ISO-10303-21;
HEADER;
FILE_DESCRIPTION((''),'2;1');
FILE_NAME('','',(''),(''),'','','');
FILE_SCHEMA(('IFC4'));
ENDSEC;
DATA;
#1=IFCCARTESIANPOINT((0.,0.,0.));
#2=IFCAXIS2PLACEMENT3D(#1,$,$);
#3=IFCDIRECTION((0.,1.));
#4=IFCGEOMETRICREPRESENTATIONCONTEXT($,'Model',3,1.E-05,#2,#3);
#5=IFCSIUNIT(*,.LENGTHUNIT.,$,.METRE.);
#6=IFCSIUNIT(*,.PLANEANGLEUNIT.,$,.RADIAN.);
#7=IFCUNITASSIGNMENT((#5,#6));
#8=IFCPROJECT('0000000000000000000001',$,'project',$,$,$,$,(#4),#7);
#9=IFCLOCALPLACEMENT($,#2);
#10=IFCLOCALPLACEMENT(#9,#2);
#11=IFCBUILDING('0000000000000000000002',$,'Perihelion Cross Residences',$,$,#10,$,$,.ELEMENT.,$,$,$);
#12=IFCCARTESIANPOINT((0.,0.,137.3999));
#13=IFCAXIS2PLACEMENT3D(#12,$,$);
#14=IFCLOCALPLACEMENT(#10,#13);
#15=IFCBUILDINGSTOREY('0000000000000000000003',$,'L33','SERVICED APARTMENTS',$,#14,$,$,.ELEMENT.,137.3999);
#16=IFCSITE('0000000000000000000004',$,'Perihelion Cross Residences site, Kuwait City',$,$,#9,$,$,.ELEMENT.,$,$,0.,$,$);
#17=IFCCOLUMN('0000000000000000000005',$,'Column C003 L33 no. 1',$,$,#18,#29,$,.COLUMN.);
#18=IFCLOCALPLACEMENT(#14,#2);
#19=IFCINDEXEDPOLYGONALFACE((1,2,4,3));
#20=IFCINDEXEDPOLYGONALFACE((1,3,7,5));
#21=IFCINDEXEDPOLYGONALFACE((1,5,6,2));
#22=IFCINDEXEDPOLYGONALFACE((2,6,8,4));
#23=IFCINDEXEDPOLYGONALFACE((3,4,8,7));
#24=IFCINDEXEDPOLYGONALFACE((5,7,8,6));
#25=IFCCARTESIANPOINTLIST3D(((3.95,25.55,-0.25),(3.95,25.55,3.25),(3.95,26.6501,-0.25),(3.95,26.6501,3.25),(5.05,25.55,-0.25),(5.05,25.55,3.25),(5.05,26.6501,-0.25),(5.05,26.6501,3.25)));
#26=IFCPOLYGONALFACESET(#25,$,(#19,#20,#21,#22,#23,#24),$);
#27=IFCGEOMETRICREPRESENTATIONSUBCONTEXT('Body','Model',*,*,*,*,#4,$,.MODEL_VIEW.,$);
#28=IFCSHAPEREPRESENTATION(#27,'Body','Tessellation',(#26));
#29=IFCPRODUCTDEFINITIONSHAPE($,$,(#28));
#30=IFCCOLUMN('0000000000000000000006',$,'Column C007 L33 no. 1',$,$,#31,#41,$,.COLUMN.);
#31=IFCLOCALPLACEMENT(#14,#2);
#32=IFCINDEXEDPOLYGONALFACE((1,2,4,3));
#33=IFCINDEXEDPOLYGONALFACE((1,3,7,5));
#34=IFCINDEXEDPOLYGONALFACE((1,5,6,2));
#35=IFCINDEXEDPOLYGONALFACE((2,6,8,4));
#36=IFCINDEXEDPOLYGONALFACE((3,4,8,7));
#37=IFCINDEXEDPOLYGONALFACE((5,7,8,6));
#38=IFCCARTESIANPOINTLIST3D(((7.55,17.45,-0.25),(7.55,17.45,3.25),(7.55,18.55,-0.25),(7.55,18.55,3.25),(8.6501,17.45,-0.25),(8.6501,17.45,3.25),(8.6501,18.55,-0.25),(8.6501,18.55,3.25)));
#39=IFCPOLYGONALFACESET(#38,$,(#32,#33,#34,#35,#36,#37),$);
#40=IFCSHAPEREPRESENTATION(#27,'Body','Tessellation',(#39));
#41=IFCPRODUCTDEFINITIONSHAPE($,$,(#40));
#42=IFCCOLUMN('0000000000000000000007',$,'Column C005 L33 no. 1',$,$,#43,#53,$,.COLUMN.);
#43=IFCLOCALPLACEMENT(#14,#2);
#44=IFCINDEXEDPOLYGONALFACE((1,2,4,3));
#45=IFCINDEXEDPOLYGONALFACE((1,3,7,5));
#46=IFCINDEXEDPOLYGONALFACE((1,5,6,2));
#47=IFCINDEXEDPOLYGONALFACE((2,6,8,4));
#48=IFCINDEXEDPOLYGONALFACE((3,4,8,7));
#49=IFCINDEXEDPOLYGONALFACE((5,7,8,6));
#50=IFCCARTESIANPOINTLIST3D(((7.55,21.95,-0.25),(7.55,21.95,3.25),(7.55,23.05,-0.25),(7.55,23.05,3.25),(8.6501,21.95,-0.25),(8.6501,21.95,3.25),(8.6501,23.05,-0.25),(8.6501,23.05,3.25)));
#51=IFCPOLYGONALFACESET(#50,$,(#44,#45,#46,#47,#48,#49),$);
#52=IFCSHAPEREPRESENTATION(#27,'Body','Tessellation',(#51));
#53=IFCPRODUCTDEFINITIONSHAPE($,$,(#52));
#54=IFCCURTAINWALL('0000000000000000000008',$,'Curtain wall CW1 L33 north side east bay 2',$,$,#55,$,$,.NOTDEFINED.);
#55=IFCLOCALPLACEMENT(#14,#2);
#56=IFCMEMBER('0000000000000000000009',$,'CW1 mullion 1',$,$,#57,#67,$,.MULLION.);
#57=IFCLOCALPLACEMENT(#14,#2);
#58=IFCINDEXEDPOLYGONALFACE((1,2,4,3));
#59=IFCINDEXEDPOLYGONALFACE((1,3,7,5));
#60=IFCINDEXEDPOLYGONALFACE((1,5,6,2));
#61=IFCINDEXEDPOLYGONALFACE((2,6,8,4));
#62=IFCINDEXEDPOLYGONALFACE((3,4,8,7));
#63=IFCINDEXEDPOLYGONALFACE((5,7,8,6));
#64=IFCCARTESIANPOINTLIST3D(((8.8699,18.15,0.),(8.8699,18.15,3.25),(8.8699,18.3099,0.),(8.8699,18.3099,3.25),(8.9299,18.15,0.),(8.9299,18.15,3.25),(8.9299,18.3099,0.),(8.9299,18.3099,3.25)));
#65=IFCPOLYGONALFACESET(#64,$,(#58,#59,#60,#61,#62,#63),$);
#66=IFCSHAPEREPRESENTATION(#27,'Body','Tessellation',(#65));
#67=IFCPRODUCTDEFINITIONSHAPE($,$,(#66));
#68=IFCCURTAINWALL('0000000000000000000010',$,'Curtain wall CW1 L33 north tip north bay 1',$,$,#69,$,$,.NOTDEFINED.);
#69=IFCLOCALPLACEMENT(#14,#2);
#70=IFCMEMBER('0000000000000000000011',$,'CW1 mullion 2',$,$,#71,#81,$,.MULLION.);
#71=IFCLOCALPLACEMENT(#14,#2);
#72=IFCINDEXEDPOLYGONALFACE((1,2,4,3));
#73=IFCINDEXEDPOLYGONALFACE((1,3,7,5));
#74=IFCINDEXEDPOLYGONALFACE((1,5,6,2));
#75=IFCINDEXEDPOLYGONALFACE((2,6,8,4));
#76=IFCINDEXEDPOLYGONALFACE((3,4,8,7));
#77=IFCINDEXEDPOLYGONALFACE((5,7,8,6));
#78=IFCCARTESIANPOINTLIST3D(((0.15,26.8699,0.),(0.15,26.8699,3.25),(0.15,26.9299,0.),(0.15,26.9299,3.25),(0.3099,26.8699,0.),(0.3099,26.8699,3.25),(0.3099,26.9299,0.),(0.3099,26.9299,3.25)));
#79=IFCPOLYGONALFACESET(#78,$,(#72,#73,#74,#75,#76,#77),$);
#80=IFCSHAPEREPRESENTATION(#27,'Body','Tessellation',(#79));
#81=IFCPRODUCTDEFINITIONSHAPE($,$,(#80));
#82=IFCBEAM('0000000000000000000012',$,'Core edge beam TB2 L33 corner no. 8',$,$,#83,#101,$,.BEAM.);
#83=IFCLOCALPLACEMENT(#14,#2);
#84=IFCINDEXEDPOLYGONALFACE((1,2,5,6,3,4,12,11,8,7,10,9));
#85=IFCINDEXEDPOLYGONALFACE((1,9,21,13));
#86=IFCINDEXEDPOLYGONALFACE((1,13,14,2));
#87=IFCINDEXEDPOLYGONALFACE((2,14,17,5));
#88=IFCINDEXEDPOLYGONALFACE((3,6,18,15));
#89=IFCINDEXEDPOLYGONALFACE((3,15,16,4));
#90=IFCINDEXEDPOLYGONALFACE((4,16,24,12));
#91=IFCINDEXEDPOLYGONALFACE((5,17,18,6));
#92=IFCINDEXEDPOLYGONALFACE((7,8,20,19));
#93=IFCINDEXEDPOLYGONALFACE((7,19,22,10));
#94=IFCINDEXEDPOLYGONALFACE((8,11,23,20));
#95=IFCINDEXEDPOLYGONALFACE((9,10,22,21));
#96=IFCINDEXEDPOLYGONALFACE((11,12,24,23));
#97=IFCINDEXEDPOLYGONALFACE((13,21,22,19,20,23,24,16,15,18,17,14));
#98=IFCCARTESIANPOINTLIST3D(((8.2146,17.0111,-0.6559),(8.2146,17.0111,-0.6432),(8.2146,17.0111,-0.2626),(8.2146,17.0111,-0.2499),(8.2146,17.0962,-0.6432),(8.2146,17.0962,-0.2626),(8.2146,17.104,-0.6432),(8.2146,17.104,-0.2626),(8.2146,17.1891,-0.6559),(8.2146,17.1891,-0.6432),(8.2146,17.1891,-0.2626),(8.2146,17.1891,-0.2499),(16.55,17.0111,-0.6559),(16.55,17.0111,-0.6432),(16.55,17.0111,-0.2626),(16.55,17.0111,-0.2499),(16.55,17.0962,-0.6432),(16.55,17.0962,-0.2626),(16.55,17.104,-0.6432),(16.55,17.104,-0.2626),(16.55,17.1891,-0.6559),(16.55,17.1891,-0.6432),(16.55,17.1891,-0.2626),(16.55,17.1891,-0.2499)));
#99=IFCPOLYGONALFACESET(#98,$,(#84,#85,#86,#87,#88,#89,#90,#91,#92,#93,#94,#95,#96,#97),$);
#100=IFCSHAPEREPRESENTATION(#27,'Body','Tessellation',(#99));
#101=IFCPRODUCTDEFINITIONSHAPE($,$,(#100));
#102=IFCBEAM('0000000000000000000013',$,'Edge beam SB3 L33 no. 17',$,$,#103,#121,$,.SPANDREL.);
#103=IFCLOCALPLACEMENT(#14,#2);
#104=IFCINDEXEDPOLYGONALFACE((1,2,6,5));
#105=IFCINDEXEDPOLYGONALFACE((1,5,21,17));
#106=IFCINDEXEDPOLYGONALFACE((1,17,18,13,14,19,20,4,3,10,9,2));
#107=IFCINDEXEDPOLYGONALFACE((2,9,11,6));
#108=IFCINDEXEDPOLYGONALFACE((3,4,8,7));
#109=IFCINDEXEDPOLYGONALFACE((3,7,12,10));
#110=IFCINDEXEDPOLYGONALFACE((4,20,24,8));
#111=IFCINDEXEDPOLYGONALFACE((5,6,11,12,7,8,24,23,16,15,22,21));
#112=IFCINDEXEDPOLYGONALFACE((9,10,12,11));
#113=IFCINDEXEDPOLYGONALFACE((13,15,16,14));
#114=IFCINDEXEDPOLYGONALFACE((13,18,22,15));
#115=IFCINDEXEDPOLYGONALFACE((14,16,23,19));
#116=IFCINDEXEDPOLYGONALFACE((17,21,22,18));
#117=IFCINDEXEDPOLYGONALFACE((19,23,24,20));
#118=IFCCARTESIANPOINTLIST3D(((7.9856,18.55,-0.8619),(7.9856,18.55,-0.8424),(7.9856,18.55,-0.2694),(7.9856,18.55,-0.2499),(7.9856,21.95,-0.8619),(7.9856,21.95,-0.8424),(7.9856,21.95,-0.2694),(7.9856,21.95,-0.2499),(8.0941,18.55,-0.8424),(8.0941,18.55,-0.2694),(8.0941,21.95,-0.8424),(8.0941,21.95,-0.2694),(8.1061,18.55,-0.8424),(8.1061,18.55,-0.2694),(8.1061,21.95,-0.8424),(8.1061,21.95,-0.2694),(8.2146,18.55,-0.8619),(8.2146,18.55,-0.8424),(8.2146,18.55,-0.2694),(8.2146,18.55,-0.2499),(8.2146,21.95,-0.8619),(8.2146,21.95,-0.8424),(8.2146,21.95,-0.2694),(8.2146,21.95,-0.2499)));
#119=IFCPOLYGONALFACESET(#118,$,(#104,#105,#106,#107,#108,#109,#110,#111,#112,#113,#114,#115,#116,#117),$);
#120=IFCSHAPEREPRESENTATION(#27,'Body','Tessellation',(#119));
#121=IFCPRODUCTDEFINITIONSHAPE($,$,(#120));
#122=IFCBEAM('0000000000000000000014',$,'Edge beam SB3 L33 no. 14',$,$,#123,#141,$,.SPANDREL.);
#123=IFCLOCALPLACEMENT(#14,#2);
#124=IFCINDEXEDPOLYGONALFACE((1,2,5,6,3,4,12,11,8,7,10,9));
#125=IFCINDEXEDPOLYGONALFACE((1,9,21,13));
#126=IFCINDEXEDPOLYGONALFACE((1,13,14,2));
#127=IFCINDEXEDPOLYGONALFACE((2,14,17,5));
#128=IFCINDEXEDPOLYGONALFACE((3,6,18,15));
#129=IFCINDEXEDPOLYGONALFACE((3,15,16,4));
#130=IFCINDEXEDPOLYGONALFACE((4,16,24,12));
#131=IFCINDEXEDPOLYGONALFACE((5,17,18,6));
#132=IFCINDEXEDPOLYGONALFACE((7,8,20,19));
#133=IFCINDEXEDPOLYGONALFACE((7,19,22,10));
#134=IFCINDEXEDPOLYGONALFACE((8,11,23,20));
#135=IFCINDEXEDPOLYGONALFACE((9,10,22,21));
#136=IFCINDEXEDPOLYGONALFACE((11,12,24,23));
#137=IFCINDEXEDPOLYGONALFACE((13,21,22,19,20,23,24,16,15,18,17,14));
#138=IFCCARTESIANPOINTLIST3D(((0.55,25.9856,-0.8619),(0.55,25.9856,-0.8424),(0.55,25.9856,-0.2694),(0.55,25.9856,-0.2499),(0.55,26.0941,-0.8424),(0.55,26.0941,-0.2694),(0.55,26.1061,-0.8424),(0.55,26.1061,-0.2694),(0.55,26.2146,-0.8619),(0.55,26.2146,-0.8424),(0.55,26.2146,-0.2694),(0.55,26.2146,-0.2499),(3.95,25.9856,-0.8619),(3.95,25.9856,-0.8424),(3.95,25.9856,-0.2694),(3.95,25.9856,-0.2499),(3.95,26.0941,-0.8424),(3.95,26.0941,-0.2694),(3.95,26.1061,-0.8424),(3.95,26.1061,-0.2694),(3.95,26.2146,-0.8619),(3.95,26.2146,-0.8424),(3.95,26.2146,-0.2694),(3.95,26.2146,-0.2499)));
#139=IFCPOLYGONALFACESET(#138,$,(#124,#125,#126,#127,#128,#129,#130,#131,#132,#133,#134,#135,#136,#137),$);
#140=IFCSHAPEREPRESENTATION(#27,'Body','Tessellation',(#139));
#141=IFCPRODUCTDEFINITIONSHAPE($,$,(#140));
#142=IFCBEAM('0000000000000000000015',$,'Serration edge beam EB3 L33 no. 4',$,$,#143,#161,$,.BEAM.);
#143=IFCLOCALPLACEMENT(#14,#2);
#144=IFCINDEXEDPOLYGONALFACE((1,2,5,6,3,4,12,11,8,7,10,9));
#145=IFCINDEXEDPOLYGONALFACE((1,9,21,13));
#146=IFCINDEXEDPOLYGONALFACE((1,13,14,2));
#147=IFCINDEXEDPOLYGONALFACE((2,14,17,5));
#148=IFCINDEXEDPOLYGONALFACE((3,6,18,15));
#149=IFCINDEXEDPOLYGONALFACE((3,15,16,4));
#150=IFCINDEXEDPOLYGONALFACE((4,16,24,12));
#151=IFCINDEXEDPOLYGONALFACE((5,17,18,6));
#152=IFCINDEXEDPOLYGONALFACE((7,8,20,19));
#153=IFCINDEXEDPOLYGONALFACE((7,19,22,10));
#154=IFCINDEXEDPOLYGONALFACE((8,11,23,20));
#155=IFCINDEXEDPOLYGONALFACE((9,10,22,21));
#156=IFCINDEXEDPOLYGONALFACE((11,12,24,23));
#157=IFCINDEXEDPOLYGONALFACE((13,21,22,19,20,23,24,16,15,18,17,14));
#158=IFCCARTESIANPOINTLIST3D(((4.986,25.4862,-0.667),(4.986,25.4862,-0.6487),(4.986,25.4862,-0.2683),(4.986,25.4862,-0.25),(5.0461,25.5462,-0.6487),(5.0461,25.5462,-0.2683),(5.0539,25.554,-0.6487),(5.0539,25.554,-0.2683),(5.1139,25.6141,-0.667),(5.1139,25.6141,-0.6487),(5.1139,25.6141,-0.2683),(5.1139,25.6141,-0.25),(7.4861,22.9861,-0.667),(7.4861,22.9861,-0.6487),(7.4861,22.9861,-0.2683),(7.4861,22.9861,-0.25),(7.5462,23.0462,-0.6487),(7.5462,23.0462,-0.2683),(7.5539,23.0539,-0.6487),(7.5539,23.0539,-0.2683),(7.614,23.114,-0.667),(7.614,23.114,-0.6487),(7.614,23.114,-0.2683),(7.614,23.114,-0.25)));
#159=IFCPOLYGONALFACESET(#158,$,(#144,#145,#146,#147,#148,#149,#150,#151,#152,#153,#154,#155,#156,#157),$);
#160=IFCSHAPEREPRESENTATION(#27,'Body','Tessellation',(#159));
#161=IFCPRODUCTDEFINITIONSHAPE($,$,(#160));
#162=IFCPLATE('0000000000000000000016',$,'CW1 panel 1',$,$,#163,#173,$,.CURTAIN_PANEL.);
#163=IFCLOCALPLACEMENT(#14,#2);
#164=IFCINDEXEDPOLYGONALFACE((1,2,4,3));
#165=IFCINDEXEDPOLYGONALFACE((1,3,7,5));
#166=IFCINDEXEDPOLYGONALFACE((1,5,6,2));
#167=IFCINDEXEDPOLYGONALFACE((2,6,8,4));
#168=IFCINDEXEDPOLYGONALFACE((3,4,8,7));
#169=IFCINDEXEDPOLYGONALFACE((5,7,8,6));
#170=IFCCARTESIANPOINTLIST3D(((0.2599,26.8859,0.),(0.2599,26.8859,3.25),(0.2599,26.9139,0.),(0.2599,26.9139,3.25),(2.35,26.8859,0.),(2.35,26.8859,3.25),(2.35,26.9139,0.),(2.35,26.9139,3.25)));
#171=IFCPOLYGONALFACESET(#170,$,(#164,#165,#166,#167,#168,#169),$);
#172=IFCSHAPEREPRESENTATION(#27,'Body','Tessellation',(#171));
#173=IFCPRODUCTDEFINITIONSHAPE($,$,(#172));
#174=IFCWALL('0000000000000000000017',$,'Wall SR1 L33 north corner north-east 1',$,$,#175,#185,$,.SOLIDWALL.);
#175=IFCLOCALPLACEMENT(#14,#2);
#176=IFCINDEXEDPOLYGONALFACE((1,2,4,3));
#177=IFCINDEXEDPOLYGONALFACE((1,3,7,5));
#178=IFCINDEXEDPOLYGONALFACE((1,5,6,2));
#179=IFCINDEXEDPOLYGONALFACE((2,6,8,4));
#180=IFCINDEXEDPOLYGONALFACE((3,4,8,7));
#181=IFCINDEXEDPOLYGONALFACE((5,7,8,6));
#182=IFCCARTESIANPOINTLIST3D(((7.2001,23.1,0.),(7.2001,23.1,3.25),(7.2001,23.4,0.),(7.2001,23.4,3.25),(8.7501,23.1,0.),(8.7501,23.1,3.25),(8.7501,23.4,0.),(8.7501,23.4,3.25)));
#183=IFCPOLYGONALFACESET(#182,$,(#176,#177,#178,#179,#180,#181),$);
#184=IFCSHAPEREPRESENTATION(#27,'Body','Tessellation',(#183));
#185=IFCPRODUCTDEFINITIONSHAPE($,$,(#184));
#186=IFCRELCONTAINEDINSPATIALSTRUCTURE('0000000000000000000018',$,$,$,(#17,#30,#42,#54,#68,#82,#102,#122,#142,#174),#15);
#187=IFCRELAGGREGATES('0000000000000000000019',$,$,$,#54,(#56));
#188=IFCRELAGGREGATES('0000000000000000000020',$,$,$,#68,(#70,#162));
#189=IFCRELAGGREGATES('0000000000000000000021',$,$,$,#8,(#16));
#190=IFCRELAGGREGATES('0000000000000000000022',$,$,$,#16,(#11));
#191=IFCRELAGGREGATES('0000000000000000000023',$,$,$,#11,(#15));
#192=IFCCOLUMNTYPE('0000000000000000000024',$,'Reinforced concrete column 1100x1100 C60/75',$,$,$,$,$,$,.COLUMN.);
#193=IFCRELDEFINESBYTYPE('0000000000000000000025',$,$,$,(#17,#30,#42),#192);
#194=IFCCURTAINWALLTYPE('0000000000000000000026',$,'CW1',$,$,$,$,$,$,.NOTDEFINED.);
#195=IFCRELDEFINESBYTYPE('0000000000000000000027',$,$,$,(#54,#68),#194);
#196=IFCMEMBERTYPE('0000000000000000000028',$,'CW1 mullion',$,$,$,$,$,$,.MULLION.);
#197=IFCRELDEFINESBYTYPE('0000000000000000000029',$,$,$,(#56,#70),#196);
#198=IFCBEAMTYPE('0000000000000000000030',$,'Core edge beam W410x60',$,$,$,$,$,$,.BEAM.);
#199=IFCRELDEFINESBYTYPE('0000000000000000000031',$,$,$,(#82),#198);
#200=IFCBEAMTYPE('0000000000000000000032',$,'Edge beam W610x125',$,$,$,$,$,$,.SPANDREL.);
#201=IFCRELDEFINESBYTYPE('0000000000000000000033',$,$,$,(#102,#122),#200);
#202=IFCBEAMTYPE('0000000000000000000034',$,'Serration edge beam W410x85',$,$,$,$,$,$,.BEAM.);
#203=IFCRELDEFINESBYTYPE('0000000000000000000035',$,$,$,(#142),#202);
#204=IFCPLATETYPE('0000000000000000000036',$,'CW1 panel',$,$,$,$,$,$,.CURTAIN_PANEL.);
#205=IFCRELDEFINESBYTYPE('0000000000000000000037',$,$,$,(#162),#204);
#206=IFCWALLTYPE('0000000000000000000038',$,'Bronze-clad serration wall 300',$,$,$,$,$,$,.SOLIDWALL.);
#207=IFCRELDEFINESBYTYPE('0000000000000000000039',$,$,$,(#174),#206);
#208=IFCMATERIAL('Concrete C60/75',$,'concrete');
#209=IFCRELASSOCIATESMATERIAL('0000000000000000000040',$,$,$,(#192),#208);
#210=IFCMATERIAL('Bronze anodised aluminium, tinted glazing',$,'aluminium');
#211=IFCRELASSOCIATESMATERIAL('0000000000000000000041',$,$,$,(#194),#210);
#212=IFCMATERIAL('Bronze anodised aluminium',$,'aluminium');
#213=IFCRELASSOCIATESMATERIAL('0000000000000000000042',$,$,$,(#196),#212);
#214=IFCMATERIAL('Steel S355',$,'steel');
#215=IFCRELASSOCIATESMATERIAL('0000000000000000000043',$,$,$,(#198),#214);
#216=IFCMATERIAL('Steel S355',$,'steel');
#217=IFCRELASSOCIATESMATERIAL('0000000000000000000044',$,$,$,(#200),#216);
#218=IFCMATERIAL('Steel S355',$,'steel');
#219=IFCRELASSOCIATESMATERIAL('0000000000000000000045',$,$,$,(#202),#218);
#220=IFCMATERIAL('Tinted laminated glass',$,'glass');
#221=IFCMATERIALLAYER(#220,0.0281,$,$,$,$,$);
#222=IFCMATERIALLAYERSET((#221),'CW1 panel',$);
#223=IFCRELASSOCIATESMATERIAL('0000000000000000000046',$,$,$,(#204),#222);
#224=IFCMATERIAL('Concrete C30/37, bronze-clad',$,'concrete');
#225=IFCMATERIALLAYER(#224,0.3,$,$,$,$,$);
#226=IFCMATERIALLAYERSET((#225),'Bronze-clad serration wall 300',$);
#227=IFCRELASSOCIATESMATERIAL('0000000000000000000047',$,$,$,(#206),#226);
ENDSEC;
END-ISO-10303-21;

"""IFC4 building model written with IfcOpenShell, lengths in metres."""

from ifc_helpers import new_model, si_unit, direction, frame, frame_2d, origin, origin_2d, place, context, subcontext, project, spatial, rectangle, i_section, extrude, material, layer, layer_set, material_profile, profile_set, type_object, element, aggregate, save


model = new_model("IFC4")

# Units and contexts
model_context = context("Model", 3, precision=1e-05, world=origin(), true_north=direction((0.0, 1.0)))
body_context = subcontext(model_context, "Body", "Model", "MODEL_VIEW")
ifc_project = project(units=[si_unit("LENGTHUNIT", "METRE"), si_unit("PLANEANGLEUNIT", "RADIAN")], contexts=[model_context])

# Site, building, storey
site_placement = place(None, origin())
site = spatial("IfcSite", under=ifc_project, at=site_placement, Name="Perihelion Cross Residences site, Kuwait City", CompositionType="ELEMENT", RefElevation=0.0)
building_placement = place(site_placement, origin())
building = spatial("IfcBuilding", under=site, at=building_placement, Name="Perihelion Cross Residences", CompositionType="ELEMENT")
storey_placement = place(building_placement, frame((0.0, 0.0, 137.3999)))
storey = spatial("IfcBuildingStorey", under=building, at=storey_placement, Name="L33", Description="SERVICED APARTMENTS", CompositionType="ELEMENT", Elevation=137.3999)

# Columns
ifc_material_1 = material(Name="Concrete C60/75", Category="concrete")
ifc_material_profile_1 = material_profile(ifc_material_1, rectangle(XDim=1.1001, YDim=1.1001, at=origin_2d()), Name="RC 1100x1100")
ifc_profile_set_1 = profile_set([ifc_material_profile_1], Name="Concrete C60/75")
column_type = type_object("IfcColumnType", Name="Reinforced concrete column 1100x1100 C60/75", PredefinedType="COLUMN", material=ifc_profile_set_1)
for number, where, z_axis, x_axis, name in (
    (1, (4.5, 26.1001, -0.25), (0.0, 0.0, 1.0), (1.0, 0.0, 0.0), "Column C003 L33 no. 1"),
    (2, (8.1001, 18.0, -0.25), (0.0, 0.0, 1.0), (1.0, 0.0, 0.0), "Column C007 L33 no. 1"),
    (3, (8.1001, 22.5, -0.25), (0.0, 0.0, 1.0), (1.0, 0.0, 0.0), "Column C005 L33 no. 1"),
):
    element("IfcColumn", number, at=place(storey_placement, frame(where, z_axis=z_axis, x_axis=x_axis)), inside=storey, type_object=column_type, Name=name, PredefinedType="COLUMN", context=body_context, shape_type="SweptSolid", body=[
        extrude(rectangle(XDim=1.1001, YDim=1.1001, at=origin_2d()), origin(), (0.0, 0.0, 1.0), 3.5),
    ])

# Curtain walls, members
ifc_material_2 = material(Name="Bronze anodised aluminium, tinted glazing", Category="aluminium")
curtain_wall_type = type_object("IfcCurtainWallType", Name="CW1", PredefinedType="NOTDEFINED", material=ifc_material_2)
curtain_wall_1_placement = place(storey_placement, origin())
curtain_wall_1 = element("IfcCurtainWall", 4, at=curtain_wall_1_placement, inside=storey, type_object=curtain_wall_type, Name="Curtain wall CW1 L33 north side east bay 2", PredefinedType="NOTDEFINED")
ifc_material_3 = material(Name="Bronze anodised aluminium", Category="aluminium")
ifc_material_profile_2 = material_profile(ifc_material_3, rectangle(XDim=0.0601, YDim=0.1599, at=origin_2d()), Name="CW1 mullion")
ifc_profile_set_2 = profile_set([ifc_material_profile_2], Name="Bronze anodised aluminium")
member_type = type_object("IfcMemberType", Name="CW1 mullion", PredefinedType="MULLION", material=ifc_profile_set_2)
member_1_placement = place(storey_placement, frame((8.8999, 18.23, 0.0), z_axis=(0.0, 0.0, 1.0), x_axis=(-1.0, 0.0, 0.0)))
member_1 = element("IfcMember", 5, at=member_1_placement, type_object=member_type, Name="CW1 mullion 1", PredefinedType="MULLION", context=body_context, shape_type="SweptSolid", body=[
    extrude(rectangle(XDim=0.0601, YDim=0.1599, at=origin_2d()), origin(), (0.0, 0.0, 1.0), 3.25),
])
aggregate(curtain_wall_1, [member_1])
curtain_wall_2_placement = place(storey_placement, origin())
curtain_wall_2 = element("IfcCurtainWall", 6, at=curtain_wall_2_placement, inside=storey, type_object=curtain_wall_type, Name="Curtain wall CW1 L33 north tip north bay 1", PredefinedType="NOTDEFINED")
member_2_placement = place(storey_placement, frame((0.23, 26.8999, 0.0), z_axis=(0.0, 0.0, 1.0), x_axis=(0.0, -1.0, 0.0)))
member_2 = element("IfcMember", 7, at=member_2_placement, type_object=member_type, Name="CW1 mullion 2", PredefinedType="MULLION", context=body_context, shape_type="SweptSolid", body=[
    extrude(rectangle(XDim=0.0601, YDim=0.1599, at=origin_2d()), origin(), (0.0, 0.0, 1.0), 3.25),
])

# Beams
ifc_material_4 = material(Name="Steel S355", Category="steel")
ifc_material_profile_3 = material_profile(ifc_material_4, i_section(OverallWidth=0.178, OverallDepth=0.406, WebThickness=0.0078, FlangeThickness=0.0127, at=origin_2d()), Name="W410x60")
ifc_profile_set_3 = profile_set([ifc_material_profile_3], Name="Steel S355")
beam_type_1 = type_object("IfcBeamType", Name="Core edge beam W410x60", PredefinedType="BEAM", material=ifc_profile_set_3)
beam_1_placement = place(storey_placement, frame((8.2146, 17.1001, -0.4529), z_axis=(1.0, 0.0, 0.0), x_axis=(0.0, 1.0, 0.0)))
element("IfcBeam", 8, at=beam_1_placement, inside=storey, type_object=beam_type_1, Name="Core edge beam TB2 L33 corner no. 8", PredefinedType="BEAM", context=body_context, shape_type="SweptSolid", body=[
    extrude(i_section(OverallWidth=0.178, OverallDepth=0.406, WebThickness=0.0078, FlangeThickness=0.0127, at=origin_2d()), origin(), (0.0, 0.0, 1.0), 8.3354),
])
ifc_material_5 = material(Name="Steel S355", Category="steel")
ifc_material_profile_4 = material_profile(ifc_material_5, i_section(OverallWidth=0.229, OverallDepth=0.6121, WebThickness=0.012, FlangeThickness=0.0195, at=origin_2d()), Name="W610x125")
ifc_profile_set_4 = profile_set([ifc_material_profile_4], Name="Steel S355")
beam_type_2 = type_object("IfcBeamType", Name="Edge beam W610x125", PredefinedType="SPANDREL", material=ifc_profile_set_4)
for number, where, z_axis, x_axis, name in (
    (9, (8.1001, 18.55, -0.5559), (0.0, 1.0, 0.0), (-1.0, 0.0, 0.0), "Edge beam SB3 L33 no. 17"),
    (10, (3.95, 26.1001, -0.5559), (-1.0, 0.0, 0.0), (0.0, -1.0, 0.0), "Edge beam SB3 L33 no. 14"),
):
    element("IfcBeam", number, at=place(storey_placement, frame(where, z_axis=z_axis, x_axis=x_axis)), inside=storey, type_object=beam_type_2, Name=name, PredefinedType="SPANDREL", context=body_context, shape_type="SweptSolid", body=[
        extrude(i_section(OverallWidth=0.229, OverallDepth=0.6121, WebThickness=0.012, FlangeThickness=0.0195, at=origin_2d()), origin(), (0.0, 0.0, 1.0), 3.3999),
    ])
ifc_material_6 = material(Name="Steel S355", Category="steel")
ifc_material_profile_5 = material_profile(ifc_material_6, i_section(OverallWidth=0.1809, OverallDepth=0.417, WebThickness=0.011, FlangeThickness=0.0183, at=origin_2d()), Name="W410x85")
ifc_profile_set_5 = profile_set([ifc_material_profile_5], Name="Steel S355")
beam_type_3 = type_object("IfcBeamType", Name="Serration edge beam W410x85", PredefinedType="BEAM", material=ifc_profile_set_5)
beam_2_placement = place(storey_placement, frame((7.55, 23.05, -0.4585), z_axis=(-0.707107, 0.707107, 0.0), x_axis=(-0.707107, -0.707107, 0.0)))
element("IfcBeam", 11, at=beam_2_placement, inside=storey, type_object=beam_type_3, Name="Serration edge beam EB3 L33 no. 4", PredefinedType="BEAM", context=body_context, shape_type="SweptSolid", body=[
    extrude(i_section(OverallWidth=0.1809, OverallDepth=0.417, WebThickness=0.011, FlangeThickness=0.0183, at=origin_2d()), origin(), (0.0, 0.0, 1.0), 3.5356),
])

# Plate
ifc_material_7 = material(Name="Tinted laminated glass", Category="glass")
ifc_layer_1 = layer(ifc_material_7, 0.0281)
ifc_layer_set_1 = layer_set([ifc_layer_1], Name="CW1 panel")
plate_type = type_object("IfcPlateType", Name="CW1 panel", PredefinedType="CURTAIN_PANEL", material=ifc_layer_set_1)
plate_placement = place(storey_placement, frame((1.3049, 26.8999, 0.0), z_axis=(0.0, 0.0, 1.0), x_axis=(-1.0, 0.0, 0.0)))
plate = element("IfcPlate", 12, at=plate_placement, type_object=plate_type, Name="CW1 panel 1", PredefinedType="CURTAIN_PANEL", context=body_context, shape_type="SweptSolid", body=[
    extrude(rectangle(XDim=2.0901, YDim=0.0281, at=origin_2d()), origin(), (0.0, 0.0, 1.0), 3.25),
])
aggregate(curtain_wall_2, [member_2, plate])

# Wall
ifc_material_8 = material(Name="Concrete C30/37, bronze-clad", Category="concrete")
ifc_layer_2 = layer(ifc_material_8, 0.3)
ifc_layer_set_2 = layer_set([ifc_layer_2], Name="Bronze-clad serration wall 300")
wall_type_1 = type_object("IfcWallType", Name="Bronze-clad serration wall 300", PredefinedType="SOLIDWALL", material=ifc_layer_set_2)
wall_1_placement = place(storey_placement, frame((8.75, 23.25, 0.0), z_axis=(0.0, 0.0, 1.0), x_axis=(-1.0, 0.0, 0.0)))
element("IfcWall", 13, at=wall_1_placement, inside=storey, type_object=wall_type_1, Name="Wall SR1 L33 north corner north-east 1", PredefinedType="SOLIDWALL", context=body_context, shape_type="SweptSolid", body=[
    extrude(rectangle(XDim=1.55, YDim=0.3, at=frame_2d((0.7749, 0.0))), origin(), (0.0, 0.0, 1.0), 3.25),
])

save(model, "model.ifc")
